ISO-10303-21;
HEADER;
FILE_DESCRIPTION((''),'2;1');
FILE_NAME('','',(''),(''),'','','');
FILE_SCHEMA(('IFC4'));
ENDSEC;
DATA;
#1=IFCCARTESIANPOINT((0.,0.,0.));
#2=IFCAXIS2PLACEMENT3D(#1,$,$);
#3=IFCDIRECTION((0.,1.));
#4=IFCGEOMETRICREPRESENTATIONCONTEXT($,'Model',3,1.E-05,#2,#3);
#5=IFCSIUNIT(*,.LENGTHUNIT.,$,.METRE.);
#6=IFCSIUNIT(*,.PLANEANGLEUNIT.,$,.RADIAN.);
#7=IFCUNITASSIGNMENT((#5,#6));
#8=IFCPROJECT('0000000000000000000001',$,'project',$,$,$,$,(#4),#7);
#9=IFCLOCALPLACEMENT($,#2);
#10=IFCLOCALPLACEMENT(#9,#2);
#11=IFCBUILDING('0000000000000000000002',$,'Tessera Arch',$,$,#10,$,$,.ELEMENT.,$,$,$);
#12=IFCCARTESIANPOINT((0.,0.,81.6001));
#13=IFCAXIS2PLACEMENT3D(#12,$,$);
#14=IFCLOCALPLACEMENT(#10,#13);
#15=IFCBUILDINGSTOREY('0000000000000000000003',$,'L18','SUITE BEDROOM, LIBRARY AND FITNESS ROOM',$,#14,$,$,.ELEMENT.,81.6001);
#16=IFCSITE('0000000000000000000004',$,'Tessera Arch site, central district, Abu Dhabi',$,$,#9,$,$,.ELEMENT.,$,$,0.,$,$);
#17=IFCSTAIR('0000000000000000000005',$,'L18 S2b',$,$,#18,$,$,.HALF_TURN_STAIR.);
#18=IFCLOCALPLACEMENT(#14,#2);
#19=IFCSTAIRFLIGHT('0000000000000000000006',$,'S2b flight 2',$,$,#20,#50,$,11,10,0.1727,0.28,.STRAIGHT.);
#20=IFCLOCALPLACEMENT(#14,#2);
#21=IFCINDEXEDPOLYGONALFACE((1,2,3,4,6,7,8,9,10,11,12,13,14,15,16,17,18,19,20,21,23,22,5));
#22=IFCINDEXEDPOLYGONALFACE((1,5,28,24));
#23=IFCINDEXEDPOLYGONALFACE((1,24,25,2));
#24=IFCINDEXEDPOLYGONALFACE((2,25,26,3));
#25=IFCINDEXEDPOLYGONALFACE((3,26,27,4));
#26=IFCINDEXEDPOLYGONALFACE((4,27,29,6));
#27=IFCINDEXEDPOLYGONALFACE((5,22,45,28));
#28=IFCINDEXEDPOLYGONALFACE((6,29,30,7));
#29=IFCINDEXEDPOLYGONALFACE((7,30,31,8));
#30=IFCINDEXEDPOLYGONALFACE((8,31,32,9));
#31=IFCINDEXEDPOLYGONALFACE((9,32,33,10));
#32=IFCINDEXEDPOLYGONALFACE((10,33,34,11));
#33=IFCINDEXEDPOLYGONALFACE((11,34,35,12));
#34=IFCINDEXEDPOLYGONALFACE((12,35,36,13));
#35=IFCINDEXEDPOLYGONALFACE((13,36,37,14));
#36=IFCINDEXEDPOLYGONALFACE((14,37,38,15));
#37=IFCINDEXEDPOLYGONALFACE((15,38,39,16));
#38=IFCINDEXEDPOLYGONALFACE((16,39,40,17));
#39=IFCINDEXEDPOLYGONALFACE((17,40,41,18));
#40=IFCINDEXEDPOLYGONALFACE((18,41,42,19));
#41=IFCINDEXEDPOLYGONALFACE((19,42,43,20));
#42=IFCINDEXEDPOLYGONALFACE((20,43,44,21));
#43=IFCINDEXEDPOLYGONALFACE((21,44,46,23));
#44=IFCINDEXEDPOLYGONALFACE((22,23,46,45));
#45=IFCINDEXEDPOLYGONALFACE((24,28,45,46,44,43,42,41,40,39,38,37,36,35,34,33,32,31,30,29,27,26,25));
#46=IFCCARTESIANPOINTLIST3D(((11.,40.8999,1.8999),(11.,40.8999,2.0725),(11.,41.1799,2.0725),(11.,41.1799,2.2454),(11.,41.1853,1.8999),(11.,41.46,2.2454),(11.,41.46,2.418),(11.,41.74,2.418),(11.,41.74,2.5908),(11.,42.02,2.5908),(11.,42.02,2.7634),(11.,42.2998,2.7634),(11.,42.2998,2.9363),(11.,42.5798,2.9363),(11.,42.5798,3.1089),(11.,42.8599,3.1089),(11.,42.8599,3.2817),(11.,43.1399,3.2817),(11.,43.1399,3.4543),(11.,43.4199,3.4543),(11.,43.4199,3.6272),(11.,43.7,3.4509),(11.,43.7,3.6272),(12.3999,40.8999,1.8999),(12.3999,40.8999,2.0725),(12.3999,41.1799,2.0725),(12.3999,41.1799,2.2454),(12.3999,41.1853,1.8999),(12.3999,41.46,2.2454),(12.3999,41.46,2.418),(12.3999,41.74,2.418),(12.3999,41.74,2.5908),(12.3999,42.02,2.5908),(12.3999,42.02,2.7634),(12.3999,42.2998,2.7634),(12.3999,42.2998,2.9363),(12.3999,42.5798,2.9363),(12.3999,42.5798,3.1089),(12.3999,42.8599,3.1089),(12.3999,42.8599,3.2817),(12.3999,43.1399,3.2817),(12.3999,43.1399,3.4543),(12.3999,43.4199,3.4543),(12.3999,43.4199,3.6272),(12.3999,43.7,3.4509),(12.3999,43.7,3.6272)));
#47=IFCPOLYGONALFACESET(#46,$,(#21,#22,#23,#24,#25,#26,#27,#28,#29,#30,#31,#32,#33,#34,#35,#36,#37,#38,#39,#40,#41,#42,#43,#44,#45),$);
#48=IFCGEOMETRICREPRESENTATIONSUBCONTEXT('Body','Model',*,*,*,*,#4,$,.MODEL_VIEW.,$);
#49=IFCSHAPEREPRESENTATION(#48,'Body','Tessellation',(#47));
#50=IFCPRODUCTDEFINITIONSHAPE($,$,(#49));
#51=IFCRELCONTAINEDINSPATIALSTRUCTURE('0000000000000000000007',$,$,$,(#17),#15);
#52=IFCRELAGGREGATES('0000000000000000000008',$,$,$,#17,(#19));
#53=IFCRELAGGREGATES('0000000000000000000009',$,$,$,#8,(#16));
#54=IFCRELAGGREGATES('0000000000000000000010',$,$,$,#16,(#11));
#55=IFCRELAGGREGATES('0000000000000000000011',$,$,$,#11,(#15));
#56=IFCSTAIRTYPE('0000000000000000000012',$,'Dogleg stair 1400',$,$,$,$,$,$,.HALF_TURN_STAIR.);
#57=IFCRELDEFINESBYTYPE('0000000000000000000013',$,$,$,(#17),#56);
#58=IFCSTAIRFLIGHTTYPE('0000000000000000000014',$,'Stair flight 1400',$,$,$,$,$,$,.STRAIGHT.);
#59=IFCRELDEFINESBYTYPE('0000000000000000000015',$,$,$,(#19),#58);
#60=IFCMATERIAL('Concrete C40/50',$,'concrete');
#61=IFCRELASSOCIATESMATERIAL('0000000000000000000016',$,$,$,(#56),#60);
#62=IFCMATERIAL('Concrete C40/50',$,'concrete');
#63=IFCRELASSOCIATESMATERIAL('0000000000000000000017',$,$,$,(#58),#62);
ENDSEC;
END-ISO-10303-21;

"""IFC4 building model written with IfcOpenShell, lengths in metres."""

from ifc_helpers import new_model, si_unit, direction, frame, origin, place, context, subcontext, project, spatial, polyline, outline, extrude, material, type_object, element, aggregate, save


model = new_model("IFC4")

# Units and contexts
model_context = context("Model", 3, precision=1e-05, world=origin(), true_north=direction((0.0, 1.0)))
body_context = subcontext(model_context, "Body", "Model", "MODEL_VIEW")
ifc_project = project(units=[si_unit("LENGTHUNIT", "METRE"), si_unit("PLANEANGLEUNIT", "RADIAN")], contexts=[model_context])

# Site, building, storey
site_placement = place(None, origin())
site = spatial("IfcSite", under=ifc_project, at=site_placement, Name="Tessera Arch site, central district, Abu Dhabi", CompositionType="ELEMENT", RefElevation=0.0)
building_placement = place(site_placement, origin())
building = spatial("IfcBuilding", under=site, at=building_placement, Name="Tessera Arch", CompositionType="ELEMENT")
storey_placement = place(building_placement, frame((0.0, 0.0, 81.6001)))
storey = spatial("IfcBuildingStorey", under=building, at=storey_placement, Name="L18", Description="SUITE BEDROOM, LIBRARY AND FITNESS ROOM", CompositionType="ELEMENT", Elevation=81.6001)

# Stair, stair flight
ifc_material_1 = material(Name="Concrete C40/50", Category="concrete")
stair_type = type_object("IfcStairType", Name="Dogleg stair 1400", PredefinedType="HALF_TURN_STAIR", material=ifc_material_1)
stair_placement = place(storey_placement, origin())
stair = element("IfcStair", 1, at=stair_placement, inside=storey, type_object=stair_type, Name="L18 S2b", PredefinedType="HALF_TURN_STAIR")
ifc_material_2 = material(Name="Concrete C40/50", Category="concrete")
stair_flight_type = type_object("IfcStairFlightType", Name="Stair flight 1400", PredefinedType="STRAIGHT", material=ifc_material_2)
stair_flight_placement = place(storey_placement, frame((11.7, 40.8999, 1.8999), z_axis=(0.0, 0.0, 1.0), x_axis=(0.0, 1.0, 0.0)))
stair_flight = element("IfcStairFlight", 2, at=stair_flight_placement, type_object=stair_flight_type, Name="S2b flight 2", NumberOfRisers=11, NumberOfTreads=10, PredefinedType="STRAIGHT", RiserHeight=0.1727, TreadLength=0.28, context=body_context, shape_type="SweptSolid", body=[
    extrude(outline(polyline([(0.0, 0.0), (0.0, 0.1726), (0.28, 0.1726), (0.28, 0.3455), (0.5601, 0.3455), (0.5601, 0.5181), (0.8401, 0.5181), (0.8401, 0.6909), (1.1201, 0.6909), (1.1201, 0.8635), (1.3999, 0.8635), (1.3999, 1.0364), (1.6799, 1.0364), (1.6799, 1.209), (1.96, 1.209), (1.96, 1.3818), (2.24, 1.3818), (2.24, 1.5544), (2.52, 1.5544), (2.52, 1.7273), (2.8, 1.7273), (2.8, 1.8999), (2.8, 1.551), (0.2854, 0.0), (0.0, 0.0)])), frame((0.0, 0.7, 0.0), z_axis=(0.0, -1.0, 0.0), x_axis=(1.0, 0.0, 0.0)), (0.0, 0.0, 1.0), 1.3999),
])
aggregate(stair, [stair_flight])

save(model, "model.ifc")
